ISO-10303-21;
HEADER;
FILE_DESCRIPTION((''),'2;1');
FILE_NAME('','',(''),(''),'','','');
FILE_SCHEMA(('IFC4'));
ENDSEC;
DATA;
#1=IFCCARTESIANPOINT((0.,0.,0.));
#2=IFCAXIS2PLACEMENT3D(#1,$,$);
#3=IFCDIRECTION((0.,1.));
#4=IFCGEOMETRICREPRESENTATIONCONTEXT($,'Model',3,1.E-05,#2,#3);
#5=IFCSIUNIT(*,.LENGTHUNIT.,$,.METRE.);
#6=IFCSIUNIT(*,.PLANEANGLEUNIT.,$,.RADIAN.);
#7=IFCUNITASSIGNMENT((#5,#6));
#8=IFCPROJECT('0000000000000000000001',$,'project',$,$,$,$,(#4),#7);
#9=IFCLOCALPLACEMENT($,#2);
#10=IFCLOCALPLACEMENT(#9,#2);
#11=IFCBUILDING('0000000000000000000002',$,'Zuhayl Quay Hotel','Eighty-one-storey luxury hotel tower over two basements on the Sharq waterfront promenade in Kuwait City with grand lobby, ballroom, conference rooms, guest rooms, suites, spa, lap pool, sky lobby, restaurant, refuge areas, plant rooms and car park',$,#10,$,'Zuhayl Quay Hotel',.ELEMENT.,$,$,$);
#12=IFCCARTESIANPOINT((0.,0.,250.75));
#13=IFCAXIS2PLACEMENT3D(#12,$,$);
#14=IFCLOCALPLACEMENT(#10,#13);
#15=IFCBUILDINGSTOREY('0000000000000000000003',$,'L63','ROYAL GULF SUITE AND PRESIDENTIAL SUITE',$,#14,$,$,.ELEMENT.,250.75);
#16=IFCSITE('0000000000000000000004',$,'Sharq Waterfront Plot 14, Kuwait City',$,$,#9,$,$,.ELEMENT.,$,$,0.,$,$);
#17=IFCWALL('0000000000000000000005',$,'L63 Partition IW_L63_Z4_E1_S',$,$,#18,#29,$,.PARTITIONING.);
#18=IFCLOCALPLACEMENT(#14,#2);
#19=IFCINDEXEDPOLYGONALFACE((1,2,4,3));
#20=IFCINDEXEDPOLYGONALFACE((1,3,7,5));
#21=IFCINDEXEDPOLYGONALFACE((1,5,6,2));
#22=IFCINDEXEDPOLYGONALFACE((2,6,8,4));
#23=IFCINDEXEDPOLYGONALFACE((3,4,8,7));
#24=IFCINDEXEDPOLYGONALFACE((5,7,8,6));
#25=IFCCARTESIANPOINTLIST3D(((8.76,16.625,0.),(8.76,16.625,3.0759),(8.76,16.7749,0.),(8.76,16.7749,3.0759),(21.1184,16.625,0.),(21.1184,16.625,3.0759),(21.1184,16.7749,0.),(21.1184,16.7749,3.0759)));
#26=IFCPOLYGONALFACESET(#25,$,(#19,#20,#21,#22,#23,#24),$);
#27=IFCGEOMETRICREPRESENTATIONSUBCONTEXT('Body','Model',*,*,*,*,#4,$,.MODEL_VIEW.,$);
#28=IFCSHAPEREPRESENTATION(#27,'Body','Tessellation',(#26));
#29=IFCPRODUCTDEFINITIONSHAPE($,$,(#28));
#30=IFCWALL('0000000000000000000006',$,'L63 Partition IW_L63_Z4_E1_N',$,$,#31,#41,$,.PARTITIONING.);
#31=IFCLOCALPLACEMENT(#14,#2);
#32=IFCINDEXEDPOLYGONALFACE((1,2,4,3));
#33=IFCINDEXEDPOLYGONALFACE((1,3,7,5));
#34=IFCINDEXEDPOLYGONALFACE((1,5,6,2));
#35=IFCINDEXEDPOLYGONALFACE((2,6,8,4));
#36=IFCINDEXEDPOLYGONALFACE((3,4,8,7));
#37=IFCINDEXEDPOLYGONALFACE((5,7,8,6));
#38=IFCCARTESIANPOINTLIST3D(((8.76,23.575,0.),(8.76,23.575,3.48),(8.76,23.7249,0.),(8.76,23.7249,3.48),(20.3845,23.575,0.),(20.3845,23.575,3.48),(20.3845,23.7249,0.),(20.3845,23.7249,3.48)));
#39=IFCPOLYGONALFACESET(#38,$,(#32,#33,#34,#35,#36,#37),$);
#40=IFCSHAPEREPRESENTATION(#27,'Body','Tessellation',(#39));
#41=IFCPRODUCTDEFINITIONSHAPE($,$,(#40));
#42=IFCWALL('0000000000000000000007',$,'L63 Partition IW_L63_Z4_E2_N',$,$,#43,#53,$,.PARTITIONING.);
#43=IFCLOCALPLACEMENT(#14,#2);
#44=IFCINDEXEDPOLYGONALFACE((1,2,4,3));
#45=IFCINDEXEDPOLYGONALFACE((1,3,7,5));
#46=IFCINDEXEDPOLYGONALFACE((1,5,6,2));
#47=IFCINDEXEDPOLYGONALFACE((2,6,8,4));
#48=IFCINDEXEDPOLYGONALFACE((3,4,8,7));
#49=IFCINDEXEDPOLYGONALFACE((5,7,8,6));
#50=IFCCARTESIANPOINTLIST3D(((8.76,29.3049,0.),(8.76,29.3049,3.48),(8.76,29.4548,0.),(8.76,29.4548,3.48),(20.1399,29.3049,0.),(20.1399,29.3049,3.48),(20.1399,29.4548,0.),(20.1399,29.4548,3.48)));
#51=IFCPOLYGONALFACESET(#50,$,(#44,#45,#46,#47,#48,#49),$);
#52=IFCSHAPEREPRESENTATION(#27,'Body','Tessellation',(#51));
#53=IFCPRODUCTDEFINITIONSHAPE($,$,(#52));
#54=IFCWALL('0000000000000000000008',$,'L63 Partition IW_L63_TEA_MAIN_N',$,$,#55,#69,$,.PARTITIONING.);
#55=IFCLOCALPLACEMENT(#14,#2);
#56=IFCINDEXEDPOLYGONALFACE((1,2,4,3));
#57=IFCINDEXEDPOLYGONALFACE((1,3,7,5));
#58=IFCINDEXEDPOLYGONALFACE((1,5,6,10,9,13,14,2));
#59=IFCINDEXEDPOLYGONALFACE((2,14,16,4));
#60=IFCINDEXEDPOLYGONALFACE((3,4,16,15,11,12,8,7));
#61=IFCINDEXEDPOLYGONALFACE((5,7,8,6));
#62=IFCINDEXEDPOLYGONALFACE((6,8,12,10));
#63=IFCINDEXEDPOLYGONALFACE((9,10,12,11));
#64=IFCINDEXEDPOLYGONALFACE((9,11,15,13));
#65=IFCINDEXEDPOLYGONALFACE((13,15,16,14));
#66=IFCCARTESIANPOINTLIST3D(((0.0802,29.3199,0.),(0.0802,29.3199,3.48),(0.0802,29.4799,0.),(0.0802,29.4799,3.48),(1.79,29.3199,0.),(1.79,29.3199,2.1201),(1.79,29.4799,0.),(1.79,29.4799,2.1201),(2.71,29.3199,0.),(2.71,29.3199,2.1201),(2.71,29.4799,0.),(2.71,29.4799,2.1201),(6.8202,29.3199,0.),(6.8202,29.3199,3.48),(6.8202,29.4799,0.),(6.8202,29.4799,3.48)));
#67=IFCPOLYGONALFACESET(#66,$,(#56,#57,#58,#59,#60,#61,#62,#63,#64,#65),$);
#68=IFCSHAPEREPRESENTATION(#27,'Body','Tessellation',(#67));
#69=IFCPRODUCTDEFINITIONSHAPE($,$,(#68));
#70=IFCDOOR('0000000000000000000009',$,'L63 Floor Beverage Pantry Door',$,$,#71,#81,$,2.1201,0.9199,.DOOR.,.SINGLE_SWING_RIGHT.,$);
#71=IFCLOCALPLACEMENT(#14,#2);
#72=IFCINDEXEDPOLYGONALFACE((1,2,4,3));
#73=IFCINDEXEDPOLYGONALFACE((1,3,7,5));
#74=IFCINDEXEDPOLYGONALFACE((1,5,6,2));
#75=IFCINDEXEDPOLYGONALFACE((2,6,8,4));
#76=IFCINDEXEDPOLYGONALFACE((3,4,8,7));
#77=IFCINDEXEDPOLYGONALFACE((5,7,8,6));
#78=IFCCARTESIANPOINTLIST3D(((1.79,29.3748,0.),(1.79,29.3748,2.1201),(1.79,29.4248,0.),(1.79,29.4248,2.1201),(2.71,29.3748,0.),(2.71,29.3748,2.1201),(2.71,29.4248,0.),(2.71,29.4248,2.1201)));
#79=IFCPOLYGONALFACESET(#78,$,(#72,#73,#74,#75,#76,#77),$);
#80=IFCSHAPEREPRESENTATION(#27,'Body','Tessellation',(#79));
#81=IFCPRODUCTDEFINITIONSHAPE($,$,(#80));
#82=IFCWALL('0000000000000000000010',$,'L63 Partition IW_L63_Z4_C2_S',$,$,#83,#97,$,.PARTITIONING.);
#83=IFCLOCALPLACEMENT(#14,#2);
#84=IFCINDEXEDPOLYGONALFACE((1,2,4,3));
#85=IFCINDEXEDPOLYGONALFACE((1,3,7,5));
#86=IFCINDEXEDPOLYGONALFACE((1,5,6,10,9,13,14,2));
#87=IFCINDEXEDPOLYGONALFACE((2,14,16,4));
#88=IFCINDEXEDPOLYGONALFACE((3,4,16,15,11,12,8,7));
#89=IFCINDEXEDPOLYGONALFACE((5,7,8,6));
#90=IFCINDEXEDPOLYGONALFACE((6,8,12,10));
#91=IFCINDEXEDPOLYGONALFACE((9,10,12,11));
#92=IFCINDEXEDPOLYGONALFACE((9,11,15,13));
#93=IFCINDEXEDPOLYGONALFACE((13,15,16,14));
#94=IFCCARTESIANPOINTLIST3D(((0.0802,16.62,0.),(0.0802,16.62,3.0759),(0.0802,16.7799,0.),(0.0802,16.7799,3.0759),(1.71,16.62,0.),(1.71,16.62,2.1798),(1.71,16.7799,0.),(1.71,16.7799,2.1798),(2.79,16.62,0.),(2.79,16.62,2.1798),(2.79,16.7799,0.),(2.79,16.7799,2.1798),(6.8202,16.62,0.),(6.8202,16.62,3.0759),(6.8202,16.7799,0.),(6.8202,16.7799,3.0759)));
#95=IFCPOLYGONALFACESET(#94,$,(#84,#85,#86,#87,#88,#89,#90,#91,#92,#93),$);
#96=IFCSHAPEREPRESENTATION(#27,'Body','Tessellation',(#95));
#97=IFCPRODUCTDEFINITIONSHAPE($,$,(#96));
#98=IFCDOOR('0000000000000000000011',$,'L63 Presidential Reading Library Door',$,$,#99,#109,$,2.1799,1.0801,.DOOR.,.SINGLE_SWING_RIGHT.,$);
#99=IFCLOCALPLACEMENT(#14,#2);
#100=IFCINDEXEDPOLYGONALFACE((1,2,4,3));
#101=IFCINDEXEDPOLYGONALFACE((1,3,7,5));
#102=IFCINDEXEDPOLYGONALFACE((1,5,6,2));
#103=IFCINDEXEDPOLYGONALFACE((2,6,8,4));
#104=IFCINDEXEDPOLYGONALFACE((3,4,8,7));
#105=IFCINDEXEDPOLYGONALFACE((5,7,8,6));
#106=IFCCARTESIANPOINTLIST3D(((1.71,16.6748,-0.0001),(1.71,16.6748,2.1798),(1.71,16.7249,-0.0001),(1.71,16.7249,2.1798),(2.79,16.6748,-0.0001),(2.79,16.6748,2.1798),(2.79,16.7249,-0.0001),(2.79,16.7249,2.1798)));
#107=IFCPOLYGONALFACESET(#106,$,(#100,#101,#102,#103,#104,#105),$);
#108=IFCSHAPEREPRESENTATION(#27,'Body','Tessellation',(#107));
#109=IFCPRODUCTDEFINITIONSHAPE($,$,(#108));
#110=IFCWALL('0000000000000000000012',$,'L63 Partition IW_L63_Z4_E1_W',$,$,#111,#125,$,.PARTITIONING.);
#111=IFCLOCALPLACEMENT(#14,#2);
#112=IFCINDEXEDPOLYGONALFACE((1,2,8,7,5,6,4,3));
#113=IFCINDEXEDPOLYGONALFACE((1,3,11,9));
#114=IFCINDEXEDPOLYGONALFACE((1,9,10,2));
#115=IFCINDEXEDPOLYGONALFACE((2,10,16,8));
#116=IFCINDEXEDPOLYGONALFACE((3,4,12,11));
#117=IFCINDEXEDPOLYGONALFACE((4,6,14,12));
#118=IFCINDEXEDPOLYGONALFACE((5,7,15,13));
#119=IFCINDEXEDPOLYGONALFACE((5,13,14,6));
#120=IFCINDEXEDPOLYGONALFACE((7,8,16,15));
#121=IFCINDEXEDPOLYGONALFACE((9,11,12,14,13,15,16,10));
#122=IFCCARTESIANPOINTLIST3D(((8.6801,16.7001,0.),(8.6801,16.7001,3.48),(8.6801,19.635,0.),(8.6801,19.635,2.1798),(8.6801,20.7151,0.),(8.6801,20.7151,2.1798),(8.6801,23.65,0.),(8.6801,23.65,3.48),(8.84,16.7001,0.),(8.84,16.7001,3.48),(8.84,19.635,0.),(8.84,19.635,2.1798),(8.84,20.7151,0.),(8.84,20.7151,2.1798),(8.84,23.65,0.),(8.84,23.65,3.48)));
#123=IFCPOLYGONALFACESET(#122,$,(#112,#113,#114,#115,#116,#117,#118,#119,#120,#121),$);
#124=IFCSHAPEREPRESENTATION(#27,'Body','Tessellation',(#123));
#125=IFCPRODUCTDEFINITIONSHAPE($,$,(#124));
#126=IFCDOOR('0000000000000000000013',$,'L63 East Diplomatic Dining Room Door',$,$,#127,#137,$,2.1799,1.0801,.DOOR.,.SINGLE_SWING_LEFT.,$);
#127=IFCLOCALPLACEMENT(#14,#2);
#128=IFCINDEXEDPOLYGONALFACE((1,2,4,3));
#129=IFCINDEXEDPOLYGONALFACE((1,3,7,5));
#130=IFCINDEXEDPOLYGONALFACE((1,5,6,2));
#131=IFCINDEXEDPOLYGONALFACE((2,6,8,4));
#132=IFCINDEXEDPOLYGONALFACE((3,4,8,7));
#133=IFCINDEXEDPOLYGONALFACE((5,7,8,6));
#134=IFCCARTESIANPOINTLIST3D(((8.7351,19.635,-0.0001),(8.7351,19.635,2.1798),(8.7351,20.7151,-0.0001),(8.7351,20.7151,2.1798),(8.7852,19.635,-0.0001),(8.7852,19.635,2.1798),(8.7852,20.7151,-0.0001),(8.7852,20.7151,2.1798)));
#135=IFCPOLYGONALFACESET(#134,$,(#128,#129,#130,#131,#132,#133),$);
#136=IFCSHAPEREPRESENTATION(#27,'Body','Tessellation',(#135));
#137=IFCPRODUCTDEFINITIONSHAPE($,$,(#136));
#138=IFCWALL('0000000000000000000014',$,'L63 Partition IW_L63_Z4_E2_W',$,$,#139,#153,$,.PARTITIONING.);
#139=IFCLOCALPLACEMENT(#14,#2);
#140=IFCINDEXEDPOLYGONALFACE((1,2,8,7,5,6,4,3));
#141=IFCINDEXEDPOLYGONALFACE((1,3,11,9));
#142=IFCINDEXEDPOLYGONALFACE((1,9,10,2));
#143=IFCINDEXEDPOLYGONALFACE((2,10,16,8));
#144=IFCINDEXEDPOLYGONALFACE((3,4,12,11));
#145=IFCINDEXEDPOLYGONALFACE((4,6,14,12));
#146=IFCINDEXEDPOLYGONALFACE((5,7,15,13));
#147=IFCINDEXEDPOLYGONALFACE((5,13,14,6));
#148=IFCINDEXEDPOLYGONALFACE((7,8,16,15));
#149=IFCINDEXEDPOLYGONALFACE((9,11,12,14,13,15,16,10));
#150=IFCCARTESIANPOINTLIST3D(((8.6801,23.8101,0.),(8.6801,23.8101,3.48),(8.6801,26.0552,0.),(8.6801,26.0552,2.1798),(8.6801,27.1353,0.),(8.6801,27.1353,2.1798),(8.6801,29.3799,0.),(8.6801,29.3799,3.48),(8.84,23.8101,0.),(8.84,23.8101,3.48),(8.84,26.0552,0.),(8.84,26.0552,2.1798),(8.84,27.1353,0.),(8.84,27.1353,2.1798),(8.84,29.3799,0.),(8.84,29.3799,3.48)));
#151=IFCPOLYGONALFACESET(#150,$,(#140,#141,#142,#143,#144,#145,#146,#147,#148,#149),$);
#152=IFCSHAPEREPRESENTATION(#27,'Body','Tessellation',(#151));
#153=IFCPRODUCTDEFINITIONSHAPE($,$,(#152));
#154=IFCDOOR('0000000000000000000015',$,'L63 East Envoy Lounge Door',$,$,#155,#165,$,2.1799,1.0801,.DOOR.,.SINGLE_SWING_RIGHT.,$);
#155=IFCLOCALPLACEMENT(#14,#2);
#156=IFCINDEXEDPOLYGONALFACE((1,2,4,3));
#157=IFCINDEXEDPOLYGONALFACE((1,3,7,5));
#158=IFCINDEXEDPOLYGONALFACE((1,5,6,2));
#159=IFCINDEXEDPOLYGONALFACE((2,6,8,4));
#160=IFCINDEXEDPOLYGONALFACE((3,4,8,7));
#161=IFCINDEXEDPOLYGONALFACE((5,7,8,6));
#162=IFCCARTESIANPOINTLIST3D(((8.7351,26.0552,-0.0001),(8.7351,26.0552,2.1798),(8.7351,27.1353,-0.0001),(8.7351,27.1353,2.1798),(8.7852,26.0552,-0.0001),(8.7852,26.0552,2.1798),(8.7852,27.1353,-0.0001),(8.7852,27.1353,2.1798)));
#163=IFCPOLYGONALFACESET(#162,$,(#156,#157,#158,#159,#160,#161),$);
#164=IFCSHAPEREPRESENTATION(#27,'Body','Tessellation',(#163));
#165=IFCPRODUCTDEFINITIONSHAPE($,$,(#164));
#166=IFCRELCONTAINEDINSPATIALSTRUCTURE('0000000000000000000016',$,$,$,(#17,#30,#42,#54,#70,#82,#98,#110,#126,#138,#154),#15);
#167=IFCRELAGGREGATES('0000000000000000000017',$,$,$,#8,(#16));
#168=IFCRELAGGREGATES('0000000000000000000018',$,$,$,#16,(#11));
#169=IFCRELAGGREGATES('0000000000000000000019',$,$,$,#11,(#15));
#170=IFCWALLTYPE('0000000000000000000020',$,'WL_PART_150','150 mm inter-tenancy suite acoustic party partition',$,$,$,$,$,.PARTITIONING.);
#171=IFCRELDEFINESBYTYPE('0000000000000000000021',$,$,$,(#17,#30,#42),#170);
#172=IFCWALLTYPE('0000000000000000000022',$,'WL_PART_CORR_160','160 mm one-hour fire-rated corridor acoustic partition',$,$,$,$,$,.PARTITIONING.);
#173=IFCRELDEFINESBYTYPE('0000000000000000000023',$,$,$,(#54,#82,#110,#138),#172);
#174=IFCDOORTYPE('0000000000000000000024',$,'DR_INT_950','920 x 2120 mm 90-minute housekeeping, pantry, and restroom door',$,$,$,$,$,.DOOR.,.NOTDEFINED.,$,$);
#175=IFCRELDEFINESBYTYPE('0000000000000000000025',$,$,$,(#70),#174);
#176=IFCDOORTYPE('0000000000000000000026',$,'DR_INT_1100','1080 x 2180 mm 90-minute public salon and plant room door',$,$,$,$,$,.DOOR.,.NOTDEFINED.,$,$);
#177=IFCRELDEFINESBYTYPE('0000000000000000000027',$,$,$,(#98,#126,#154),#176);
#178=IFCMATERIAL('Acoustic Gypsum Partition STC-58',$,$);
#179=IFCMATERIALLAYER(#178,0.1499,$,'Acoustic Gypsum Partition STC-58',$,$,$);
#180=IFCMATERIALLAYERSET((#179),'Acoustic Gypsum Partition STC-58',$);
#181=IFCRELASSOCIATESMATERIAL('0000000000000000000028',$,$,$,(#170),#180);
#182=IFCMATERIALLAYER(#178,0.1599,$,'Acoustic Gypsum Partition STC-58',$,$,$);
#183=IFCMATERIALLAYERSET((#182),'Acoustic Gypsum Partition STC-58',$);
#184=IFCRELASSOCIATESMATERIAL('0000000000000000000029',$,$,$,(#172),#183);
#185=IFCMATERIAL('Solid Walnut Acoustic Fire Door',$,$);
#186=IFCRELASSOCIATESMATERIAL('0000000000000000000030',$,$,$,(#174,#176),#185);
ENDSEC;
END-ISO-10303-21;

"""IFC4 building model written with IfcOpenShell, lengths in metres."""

from ifc_helpers import new_model, si_unit, direction, frame, frame_2d, origin, place, context, subcontext, project, spatial, rectangle, extrude, material, layer, layer_set, type_object, element, fill, save


model = new_model("IFC4")

# Units and contexts
model_context = context("Model", 3, precision=1e-05, world=origin(), true_north=direction((0.0, 1.0)))
body_context = subcontext(model_context, "Body", "Model", "MODEL_VIEW")
ifc_project = project(units=[si_unit("LENGTHUNIT", "METRE"), si_unit("PLANEANGLEUNIT", "RADIAN")], contexts=[model_context])

# Site, building, storey
site_placement = place(None, origin())
site = spatial("IfcSite", under=ifc_project, at=site_placement, Name="Sharq Waterfront Plot 14, Kuwait City", CompositionType="ELEMENT", RefElevation=0.0)
building_placement = place(site_placement, origin())
building = spatial("IfcBuilding", under=site, at=building_placement, Name="Zuhayl Quay Hotel", Description="Eighty-one-storey luxury hotel tower over two basements on the Sharq waterfront promenade in Kuwait City with grand lobby, ballroom, conference rooms, guest rooms, suites, spa, lap pool, sky lobby, restaurant, refuge areas, plant rooms and car park", LongName="Zuhayl Quay Hotel", CompositionType="ELEMENT")
storey_placement = place(building_placement, frame((0.0, 0.0, 250.75)))
storey = spatial("IfcBuildingStorey", under=building, at=storey_placement, Name="L63", Description="ROYAL GULF SUITE AND PRESIDENTIAL SUITE", CompositionType="ELEMENT", Elevation=250.75)

# Walls
ifc_material_1 = material(Name="Acoustic Gypsum Partition STC-58")
ifc_layer_1 = layer(ifc_material_1, 0.1499, Name="Acoustic Gypsum Partition STC-58")
ifc_layer_set_1 = layer_set([ifc_layer_1], Name="Acoustic Gypsum Partition STC-58")
wall_type_1 = type_object("IfcWallType", Name="WL_PART_150", Description="150 mm inter-tenancy suite acoustic party partition", PredefinedType="PARTITIONING", material=ifc_layer_set_1)
wall_1_placement = place(storey_placement, frame((8.76, 16.7, 0.0), z_axis=(0.0, 0.0, 1.0), x_axis=(1.0, 0.0, 0.0)))
element("IfcWall", 1, at=wall_1_placement, inside=storey, type_object=wall_type_1, Name="L63 Partition IW_L63_Z4_E1_S", PredefinedType="PARTITIONING", context=body_context, shape_type="SweptSolid", body=[
    extrude(rectangle(XDim=12.3584, YDim=0.1499, at=frame_2d((6.1792, 0.0))), origin(), (0.0, 0.0, 1.0), 3.0759),
])
wall_2_placement = place(storey_placement, frame((8.76, 23.6499, 0.0), z_axis=(0.0, 0.0, 1.0), x_axis=(1.0, 0.0, 0.0)))
element("IfcWall", 2, at=wall_2_placement, inside=storey, type_object=wall_type_1, Name="L63 Partition IW_L63_Z4_E1_N", PredefinedType="PARTITIONING", context=body_context, shape_type="SweptSolid", body=[
    extrude(rectangle(XDim=11.6245, YDim=0.1499, at=frame_2d((5.8123, 0.0))), origin(), (0.0, 0.0, 1.0), 3.48),
])
wall_3_placement = place(storey_placement, frame((8.76, 29.3799, 0.0), z_axis=(0.0, 0.0, 1.0), x_axis=(1.0, 0.0, 0.0)))
element("IfcWall", 3, at=wall_3_placement, inside=storey, type_object=wall_type_1, Name="L63 Partition IW_L63_Z4_E2_N", PredefinedType="PARTITIONING", context=body_context, shape_type="SweptSolid", body=[
    extrude(rectangle(XDim=11.3799, YDim=0.1499, at=frame_2d((5.6899, 0.0))), origin(), (0.0, 0.0, 1.0), 3.48),
])

# Walls, openings, doors
ifc_layer_2 = layer(ifc_material_1, 0.1599, Name="Acoustic Gypsum Partition STC-58")
ifc_layer_set_2 = layer_set([ifc_layer_2], Name="Acoustic Gypsum Partition STC-58")
wall_type_2 = type_object("IfcWallType", Name="WL_PART_CORR_160", Description="160 mm one-hour fire-rated corridor acoustic partition", PredefinedType="PARTITIONING", material=ifc_layer_set_2)
wall_4_placement = place(storey_placement, frame((0.0801, 29.3999, 0.0), z_axis=(0.0, 0.0, 1.0), x_axis=(1.0, 0.0, 0.0)))
wall_4 = element("IfcWall", 4, at=wall_4_placement, inside=storey, type_object=wall_type_2, Name="L63 Partition IW_L63_TEA_MAIN_N", PredefinedType="PARTITIONING", context=body_context, shape_type="SweptSolid", body=[
    extrude(rectangle(XDim=6.74, YDim=0.1599, at=frame_2d((3.3701, 0.0))), origin(), (0.0, 0.0, 1.0), 3.48),
])
opening_1_placement = place(wall_4_placement, frame((1.71, 0.0, 0.0)))
opening_1 = element("IfcOpeningElement", 5, at=opening_1_placement, cuts=wall_4, PredefinedType="OPENING", context=body_context, shape_type="SweptSolid", body=[
    extrude(rectangle(XDim=0.9199, YDim=2.1201, at=frame_2d((0.46, 1.0601))), frame((0.0, 0.0898, 0.0), z_axis=(0.0, -1.0, 0.0), x_axis=(1.0, 0.0, 0.0)), (0.0, 0.0, 1.0), 0.1799),
])
ifc_material_2 = material(Name="Solid Walnut Acoustic Fire Door")
door_type_1 = type_object("IfcDoorType", Name="DR_INT_950", Description="920 x 2120 mm 90-minute housekeeping, pantry, and restroom door", OperationType="NOTDEFINED", PredefinedType="DOOR", material=ifc_material_2)
door_1_placement = place(opening_1_placement, origin())
door_1 = element("IfcDoor", 6, at=door_1_placement, inside=storey, type_object=door_type_1, Name="L63 Floor Beverage Pantry Door", OperationType="SINGLE_SWING_RIGHT", OverallHeight=2.1201, OverallWidth=0.9199, PredefinedType="DOOR", context=body_context, shape_type="SweptSolid", body=[
    extrude(rectangle(XDim=0.9199, YDim=2.1201, at=frame_2d((0.46, 1.0601))), frame((0.0, 0.0249, 0.0), z_axis=(0.0, -1.0, 0.0), x_axis=(1.0, 0.0, 0.0)), (0.0, 0.0, 1.0), 0.05),
])
fill(opening_1, door_1)
wall_5_placement = place(storey_placement, frame((0.0801, 16.7, 0.0), z_axis=(0.0, 0.0, 1.0), x_axis=(1.0, 0.0, 0.0)))
wall_5 = element("IfcWall", 7, at=wall_5_placement, inside=storey, type_object=wall_type_2, Name="L63 Partition IW_L63_Z4_C2_S", PredefinedType="PARTITIONING", context=body_context, shape_type="SweptSolid", body=[
    extrude(rectangle(XDim=6.74, YDim=0.1599, at=frame_2d((3.3701, 0.0))), origin(), (0.0, 0.0, 1.0), 3.0759),
])
opening_2_placement = place(wall_5_placement, frame((1.6299, 0.0, 0.0)))
opening_2 = element("IfcOpeningElement", 8, at=opening_2_placement, cuts=wall_5, PredefinedType="OPENING", context=body_context, shape_type="SweptSolid", body=[
    extrude(rectangle(XDim=1.0801, YDim=2.1799, at=frame_2d((0.54, 1.0898))), frame((0.0, 0.0898, 0.0), z_axis=(0.0, -1.0, 0.0), x_axis=(1.0, 0.0, 0.0)), (0.0, 0.0, 1.0), 0.1799),
])
door_type_2 = type_object("IfcDoorType", Name="DR_INT_1100", Description="1080 x 2180 mm 90-minute public salon and plant room door", OperationType="NOTDEFINED", PredefinedType="DOOR", material=ifc_material_2)
door_2_placement = place(opening_2_placement, origin())
door_2 = element("IfcDoor", 9, at=door_2_placement, inside=storey, type_object=door_type_2, Name="L63 Presidential Reading Library Door", OperationType="SINGLE_SWING_RIGHT", OverallHeight=2.1799, OverallWidth=1.0801, PredefinedType="DOOR", context=body_context, shape_type="SweptSolid", body=[
    extrude(rectangle(XDim=1.0801, YDim=2.1799, at=frame_2d((0.54, 1.0898))), frame((0.0, 0.0249, 0.0), z_axis=(0.0, -1.0, 0.0), x_axis=(1.0, 0.0, 0.0)), (0.0, 0.0, 1.0), 0.05),
])
fill(opening_2, door_2)
wall_6_placement = place(storey_placement, frame((8.76, 16.7, 0.0), z_axis=(0.0, 0.0, 1.0), x_axis=(0.0, 1.0, 0.0)))
wall_6 = element("IfcWall", 10, at=wall_6_placement, inside=storey, type_object=wall_type_2, Name="L63 Partition IW_L63_Z4_E1_W", PredefinedType="PARTITIONING", context=body_context, shape_type="SweptSolid", body=[
    extrude(rectangle(XDim=6.95, YDim=0.1599, at=frame_2d((3.4751, 0.0))), origin(), (0.0, 0.0, 1.0), 3.48),
])
opening_3_placement = place(wall_6_placement, frame((2.9351, 0.0, 0.0)))
opening_3 = element("IfcOpeningElement", 11, at=opening_3_placement, cuts=wall_6, PredefinedType="OPENING", context=body_context, shape_type="SweptSolid", body=[
    extrude(rectangle(XDim=1.0801, YDim=2.1799, at=frame_2d((0.54, 1.0898))), frame((0.0, 0.0898, 0.0), z_axis=(0.0, -1.0, 0.0), x_axis=(1.0, 0.0, 0.0)), (0.0, 0.0, 1.0), 0.1799),
])
door_3_placement = place(opening_3_placement, origin())
door_3 = element("IfcDoor", 12, at=door_3_placement, inside=storey, type_object=door_type_2, Name="L63 East Diplomatic Dining Room Door", OperationType="SINGLE_SWING_LEFT", OverallHeight=2.1799, OverallWidth=1.0801, PredefinedType="DOOR", context=body_context, shape_type="SweptSolid", body=[
    extrude(rectangle(XDim=1.0801, YDim=2.1799, at=frame_2d((0.54, 1.0898))), frame((0.0, 0.0249, 0.0), z_axis=(0.0, -1.0, 0.0), x_axis=(1.0, 0.0, 0.0)), (0.0, 0.0, 1.0), 0.05),
])
fill(opening_3, door_3)
wall_7_placement = place(storey_placement, frame((8.76, 23.8101, 0.0), z_axis=(0.0, 0.0, 1.0), x_axis=(0.0, 1.0, 0.0)))
wall_7 = element("IfcWall", 13, at=wall_7_placement, inside=storey, type_object=wall_type_2, Name="L63 Partition IW_L63_Z4_E2_W", PredefinedType="PARTITIONING", context=body_context, shape_type="SweptSolid", body=[
    extrude(rectangle(XDim=5.5698, YDim=0.1599, at=frame_2d((2.7849, 0.0))), origin(), (0.0, 0.0, 1.0), 3.48),
])
opening_4_placement = place(wall_7_placement, frame((2.2451, 0.0, 0.0)))
opening_4 = element("IfcOpeningElement", 14, at=opening_4_placement, cuts=wall_7, PredefinedType="OPENING", context=body_context, shape_type="SweptSolid", body=[
    extrude(rectangle(XDim=1.0801, YDim=2.1799, at=frame_2d((0.54, 1.0898))), frame((0.0, 0.0898, 0.0), z_axis=(0.0, -1.0, 0.0), x_axis=(1.0, 0.0, 0.0)), (0.0, 0.0, 1.0), 0.1799),
])
door_4_placement = place(opening_4_placement, origin())
door_4 = element("IfcDoor", 15, at=door_4_placement, inside=storey, type_object=door_type_2, Name="L63 East Envoy Lounge Door", OperationType="SINGLE_SWING_RIGHT", OverallHeight=2.1799, OverallWidth=1.0801, PredefinedType="DOOR", context=body_context, shape_type="SweptSolid", body=[
    extrude(rectangle(XDim=1.0801, YDim=2.1799, at=frame_2d((0.54, 1.0898))), frame((0.0, 0.0249, 0.0), z_axis=(0.0, -1.0, 0.0), x_axis=(1.0, 0.0, 0.0)), (0.0, 0.0, 1.0), 0.05),
])
fill(opening_4, door_4)

save(model, "model.ifc")
